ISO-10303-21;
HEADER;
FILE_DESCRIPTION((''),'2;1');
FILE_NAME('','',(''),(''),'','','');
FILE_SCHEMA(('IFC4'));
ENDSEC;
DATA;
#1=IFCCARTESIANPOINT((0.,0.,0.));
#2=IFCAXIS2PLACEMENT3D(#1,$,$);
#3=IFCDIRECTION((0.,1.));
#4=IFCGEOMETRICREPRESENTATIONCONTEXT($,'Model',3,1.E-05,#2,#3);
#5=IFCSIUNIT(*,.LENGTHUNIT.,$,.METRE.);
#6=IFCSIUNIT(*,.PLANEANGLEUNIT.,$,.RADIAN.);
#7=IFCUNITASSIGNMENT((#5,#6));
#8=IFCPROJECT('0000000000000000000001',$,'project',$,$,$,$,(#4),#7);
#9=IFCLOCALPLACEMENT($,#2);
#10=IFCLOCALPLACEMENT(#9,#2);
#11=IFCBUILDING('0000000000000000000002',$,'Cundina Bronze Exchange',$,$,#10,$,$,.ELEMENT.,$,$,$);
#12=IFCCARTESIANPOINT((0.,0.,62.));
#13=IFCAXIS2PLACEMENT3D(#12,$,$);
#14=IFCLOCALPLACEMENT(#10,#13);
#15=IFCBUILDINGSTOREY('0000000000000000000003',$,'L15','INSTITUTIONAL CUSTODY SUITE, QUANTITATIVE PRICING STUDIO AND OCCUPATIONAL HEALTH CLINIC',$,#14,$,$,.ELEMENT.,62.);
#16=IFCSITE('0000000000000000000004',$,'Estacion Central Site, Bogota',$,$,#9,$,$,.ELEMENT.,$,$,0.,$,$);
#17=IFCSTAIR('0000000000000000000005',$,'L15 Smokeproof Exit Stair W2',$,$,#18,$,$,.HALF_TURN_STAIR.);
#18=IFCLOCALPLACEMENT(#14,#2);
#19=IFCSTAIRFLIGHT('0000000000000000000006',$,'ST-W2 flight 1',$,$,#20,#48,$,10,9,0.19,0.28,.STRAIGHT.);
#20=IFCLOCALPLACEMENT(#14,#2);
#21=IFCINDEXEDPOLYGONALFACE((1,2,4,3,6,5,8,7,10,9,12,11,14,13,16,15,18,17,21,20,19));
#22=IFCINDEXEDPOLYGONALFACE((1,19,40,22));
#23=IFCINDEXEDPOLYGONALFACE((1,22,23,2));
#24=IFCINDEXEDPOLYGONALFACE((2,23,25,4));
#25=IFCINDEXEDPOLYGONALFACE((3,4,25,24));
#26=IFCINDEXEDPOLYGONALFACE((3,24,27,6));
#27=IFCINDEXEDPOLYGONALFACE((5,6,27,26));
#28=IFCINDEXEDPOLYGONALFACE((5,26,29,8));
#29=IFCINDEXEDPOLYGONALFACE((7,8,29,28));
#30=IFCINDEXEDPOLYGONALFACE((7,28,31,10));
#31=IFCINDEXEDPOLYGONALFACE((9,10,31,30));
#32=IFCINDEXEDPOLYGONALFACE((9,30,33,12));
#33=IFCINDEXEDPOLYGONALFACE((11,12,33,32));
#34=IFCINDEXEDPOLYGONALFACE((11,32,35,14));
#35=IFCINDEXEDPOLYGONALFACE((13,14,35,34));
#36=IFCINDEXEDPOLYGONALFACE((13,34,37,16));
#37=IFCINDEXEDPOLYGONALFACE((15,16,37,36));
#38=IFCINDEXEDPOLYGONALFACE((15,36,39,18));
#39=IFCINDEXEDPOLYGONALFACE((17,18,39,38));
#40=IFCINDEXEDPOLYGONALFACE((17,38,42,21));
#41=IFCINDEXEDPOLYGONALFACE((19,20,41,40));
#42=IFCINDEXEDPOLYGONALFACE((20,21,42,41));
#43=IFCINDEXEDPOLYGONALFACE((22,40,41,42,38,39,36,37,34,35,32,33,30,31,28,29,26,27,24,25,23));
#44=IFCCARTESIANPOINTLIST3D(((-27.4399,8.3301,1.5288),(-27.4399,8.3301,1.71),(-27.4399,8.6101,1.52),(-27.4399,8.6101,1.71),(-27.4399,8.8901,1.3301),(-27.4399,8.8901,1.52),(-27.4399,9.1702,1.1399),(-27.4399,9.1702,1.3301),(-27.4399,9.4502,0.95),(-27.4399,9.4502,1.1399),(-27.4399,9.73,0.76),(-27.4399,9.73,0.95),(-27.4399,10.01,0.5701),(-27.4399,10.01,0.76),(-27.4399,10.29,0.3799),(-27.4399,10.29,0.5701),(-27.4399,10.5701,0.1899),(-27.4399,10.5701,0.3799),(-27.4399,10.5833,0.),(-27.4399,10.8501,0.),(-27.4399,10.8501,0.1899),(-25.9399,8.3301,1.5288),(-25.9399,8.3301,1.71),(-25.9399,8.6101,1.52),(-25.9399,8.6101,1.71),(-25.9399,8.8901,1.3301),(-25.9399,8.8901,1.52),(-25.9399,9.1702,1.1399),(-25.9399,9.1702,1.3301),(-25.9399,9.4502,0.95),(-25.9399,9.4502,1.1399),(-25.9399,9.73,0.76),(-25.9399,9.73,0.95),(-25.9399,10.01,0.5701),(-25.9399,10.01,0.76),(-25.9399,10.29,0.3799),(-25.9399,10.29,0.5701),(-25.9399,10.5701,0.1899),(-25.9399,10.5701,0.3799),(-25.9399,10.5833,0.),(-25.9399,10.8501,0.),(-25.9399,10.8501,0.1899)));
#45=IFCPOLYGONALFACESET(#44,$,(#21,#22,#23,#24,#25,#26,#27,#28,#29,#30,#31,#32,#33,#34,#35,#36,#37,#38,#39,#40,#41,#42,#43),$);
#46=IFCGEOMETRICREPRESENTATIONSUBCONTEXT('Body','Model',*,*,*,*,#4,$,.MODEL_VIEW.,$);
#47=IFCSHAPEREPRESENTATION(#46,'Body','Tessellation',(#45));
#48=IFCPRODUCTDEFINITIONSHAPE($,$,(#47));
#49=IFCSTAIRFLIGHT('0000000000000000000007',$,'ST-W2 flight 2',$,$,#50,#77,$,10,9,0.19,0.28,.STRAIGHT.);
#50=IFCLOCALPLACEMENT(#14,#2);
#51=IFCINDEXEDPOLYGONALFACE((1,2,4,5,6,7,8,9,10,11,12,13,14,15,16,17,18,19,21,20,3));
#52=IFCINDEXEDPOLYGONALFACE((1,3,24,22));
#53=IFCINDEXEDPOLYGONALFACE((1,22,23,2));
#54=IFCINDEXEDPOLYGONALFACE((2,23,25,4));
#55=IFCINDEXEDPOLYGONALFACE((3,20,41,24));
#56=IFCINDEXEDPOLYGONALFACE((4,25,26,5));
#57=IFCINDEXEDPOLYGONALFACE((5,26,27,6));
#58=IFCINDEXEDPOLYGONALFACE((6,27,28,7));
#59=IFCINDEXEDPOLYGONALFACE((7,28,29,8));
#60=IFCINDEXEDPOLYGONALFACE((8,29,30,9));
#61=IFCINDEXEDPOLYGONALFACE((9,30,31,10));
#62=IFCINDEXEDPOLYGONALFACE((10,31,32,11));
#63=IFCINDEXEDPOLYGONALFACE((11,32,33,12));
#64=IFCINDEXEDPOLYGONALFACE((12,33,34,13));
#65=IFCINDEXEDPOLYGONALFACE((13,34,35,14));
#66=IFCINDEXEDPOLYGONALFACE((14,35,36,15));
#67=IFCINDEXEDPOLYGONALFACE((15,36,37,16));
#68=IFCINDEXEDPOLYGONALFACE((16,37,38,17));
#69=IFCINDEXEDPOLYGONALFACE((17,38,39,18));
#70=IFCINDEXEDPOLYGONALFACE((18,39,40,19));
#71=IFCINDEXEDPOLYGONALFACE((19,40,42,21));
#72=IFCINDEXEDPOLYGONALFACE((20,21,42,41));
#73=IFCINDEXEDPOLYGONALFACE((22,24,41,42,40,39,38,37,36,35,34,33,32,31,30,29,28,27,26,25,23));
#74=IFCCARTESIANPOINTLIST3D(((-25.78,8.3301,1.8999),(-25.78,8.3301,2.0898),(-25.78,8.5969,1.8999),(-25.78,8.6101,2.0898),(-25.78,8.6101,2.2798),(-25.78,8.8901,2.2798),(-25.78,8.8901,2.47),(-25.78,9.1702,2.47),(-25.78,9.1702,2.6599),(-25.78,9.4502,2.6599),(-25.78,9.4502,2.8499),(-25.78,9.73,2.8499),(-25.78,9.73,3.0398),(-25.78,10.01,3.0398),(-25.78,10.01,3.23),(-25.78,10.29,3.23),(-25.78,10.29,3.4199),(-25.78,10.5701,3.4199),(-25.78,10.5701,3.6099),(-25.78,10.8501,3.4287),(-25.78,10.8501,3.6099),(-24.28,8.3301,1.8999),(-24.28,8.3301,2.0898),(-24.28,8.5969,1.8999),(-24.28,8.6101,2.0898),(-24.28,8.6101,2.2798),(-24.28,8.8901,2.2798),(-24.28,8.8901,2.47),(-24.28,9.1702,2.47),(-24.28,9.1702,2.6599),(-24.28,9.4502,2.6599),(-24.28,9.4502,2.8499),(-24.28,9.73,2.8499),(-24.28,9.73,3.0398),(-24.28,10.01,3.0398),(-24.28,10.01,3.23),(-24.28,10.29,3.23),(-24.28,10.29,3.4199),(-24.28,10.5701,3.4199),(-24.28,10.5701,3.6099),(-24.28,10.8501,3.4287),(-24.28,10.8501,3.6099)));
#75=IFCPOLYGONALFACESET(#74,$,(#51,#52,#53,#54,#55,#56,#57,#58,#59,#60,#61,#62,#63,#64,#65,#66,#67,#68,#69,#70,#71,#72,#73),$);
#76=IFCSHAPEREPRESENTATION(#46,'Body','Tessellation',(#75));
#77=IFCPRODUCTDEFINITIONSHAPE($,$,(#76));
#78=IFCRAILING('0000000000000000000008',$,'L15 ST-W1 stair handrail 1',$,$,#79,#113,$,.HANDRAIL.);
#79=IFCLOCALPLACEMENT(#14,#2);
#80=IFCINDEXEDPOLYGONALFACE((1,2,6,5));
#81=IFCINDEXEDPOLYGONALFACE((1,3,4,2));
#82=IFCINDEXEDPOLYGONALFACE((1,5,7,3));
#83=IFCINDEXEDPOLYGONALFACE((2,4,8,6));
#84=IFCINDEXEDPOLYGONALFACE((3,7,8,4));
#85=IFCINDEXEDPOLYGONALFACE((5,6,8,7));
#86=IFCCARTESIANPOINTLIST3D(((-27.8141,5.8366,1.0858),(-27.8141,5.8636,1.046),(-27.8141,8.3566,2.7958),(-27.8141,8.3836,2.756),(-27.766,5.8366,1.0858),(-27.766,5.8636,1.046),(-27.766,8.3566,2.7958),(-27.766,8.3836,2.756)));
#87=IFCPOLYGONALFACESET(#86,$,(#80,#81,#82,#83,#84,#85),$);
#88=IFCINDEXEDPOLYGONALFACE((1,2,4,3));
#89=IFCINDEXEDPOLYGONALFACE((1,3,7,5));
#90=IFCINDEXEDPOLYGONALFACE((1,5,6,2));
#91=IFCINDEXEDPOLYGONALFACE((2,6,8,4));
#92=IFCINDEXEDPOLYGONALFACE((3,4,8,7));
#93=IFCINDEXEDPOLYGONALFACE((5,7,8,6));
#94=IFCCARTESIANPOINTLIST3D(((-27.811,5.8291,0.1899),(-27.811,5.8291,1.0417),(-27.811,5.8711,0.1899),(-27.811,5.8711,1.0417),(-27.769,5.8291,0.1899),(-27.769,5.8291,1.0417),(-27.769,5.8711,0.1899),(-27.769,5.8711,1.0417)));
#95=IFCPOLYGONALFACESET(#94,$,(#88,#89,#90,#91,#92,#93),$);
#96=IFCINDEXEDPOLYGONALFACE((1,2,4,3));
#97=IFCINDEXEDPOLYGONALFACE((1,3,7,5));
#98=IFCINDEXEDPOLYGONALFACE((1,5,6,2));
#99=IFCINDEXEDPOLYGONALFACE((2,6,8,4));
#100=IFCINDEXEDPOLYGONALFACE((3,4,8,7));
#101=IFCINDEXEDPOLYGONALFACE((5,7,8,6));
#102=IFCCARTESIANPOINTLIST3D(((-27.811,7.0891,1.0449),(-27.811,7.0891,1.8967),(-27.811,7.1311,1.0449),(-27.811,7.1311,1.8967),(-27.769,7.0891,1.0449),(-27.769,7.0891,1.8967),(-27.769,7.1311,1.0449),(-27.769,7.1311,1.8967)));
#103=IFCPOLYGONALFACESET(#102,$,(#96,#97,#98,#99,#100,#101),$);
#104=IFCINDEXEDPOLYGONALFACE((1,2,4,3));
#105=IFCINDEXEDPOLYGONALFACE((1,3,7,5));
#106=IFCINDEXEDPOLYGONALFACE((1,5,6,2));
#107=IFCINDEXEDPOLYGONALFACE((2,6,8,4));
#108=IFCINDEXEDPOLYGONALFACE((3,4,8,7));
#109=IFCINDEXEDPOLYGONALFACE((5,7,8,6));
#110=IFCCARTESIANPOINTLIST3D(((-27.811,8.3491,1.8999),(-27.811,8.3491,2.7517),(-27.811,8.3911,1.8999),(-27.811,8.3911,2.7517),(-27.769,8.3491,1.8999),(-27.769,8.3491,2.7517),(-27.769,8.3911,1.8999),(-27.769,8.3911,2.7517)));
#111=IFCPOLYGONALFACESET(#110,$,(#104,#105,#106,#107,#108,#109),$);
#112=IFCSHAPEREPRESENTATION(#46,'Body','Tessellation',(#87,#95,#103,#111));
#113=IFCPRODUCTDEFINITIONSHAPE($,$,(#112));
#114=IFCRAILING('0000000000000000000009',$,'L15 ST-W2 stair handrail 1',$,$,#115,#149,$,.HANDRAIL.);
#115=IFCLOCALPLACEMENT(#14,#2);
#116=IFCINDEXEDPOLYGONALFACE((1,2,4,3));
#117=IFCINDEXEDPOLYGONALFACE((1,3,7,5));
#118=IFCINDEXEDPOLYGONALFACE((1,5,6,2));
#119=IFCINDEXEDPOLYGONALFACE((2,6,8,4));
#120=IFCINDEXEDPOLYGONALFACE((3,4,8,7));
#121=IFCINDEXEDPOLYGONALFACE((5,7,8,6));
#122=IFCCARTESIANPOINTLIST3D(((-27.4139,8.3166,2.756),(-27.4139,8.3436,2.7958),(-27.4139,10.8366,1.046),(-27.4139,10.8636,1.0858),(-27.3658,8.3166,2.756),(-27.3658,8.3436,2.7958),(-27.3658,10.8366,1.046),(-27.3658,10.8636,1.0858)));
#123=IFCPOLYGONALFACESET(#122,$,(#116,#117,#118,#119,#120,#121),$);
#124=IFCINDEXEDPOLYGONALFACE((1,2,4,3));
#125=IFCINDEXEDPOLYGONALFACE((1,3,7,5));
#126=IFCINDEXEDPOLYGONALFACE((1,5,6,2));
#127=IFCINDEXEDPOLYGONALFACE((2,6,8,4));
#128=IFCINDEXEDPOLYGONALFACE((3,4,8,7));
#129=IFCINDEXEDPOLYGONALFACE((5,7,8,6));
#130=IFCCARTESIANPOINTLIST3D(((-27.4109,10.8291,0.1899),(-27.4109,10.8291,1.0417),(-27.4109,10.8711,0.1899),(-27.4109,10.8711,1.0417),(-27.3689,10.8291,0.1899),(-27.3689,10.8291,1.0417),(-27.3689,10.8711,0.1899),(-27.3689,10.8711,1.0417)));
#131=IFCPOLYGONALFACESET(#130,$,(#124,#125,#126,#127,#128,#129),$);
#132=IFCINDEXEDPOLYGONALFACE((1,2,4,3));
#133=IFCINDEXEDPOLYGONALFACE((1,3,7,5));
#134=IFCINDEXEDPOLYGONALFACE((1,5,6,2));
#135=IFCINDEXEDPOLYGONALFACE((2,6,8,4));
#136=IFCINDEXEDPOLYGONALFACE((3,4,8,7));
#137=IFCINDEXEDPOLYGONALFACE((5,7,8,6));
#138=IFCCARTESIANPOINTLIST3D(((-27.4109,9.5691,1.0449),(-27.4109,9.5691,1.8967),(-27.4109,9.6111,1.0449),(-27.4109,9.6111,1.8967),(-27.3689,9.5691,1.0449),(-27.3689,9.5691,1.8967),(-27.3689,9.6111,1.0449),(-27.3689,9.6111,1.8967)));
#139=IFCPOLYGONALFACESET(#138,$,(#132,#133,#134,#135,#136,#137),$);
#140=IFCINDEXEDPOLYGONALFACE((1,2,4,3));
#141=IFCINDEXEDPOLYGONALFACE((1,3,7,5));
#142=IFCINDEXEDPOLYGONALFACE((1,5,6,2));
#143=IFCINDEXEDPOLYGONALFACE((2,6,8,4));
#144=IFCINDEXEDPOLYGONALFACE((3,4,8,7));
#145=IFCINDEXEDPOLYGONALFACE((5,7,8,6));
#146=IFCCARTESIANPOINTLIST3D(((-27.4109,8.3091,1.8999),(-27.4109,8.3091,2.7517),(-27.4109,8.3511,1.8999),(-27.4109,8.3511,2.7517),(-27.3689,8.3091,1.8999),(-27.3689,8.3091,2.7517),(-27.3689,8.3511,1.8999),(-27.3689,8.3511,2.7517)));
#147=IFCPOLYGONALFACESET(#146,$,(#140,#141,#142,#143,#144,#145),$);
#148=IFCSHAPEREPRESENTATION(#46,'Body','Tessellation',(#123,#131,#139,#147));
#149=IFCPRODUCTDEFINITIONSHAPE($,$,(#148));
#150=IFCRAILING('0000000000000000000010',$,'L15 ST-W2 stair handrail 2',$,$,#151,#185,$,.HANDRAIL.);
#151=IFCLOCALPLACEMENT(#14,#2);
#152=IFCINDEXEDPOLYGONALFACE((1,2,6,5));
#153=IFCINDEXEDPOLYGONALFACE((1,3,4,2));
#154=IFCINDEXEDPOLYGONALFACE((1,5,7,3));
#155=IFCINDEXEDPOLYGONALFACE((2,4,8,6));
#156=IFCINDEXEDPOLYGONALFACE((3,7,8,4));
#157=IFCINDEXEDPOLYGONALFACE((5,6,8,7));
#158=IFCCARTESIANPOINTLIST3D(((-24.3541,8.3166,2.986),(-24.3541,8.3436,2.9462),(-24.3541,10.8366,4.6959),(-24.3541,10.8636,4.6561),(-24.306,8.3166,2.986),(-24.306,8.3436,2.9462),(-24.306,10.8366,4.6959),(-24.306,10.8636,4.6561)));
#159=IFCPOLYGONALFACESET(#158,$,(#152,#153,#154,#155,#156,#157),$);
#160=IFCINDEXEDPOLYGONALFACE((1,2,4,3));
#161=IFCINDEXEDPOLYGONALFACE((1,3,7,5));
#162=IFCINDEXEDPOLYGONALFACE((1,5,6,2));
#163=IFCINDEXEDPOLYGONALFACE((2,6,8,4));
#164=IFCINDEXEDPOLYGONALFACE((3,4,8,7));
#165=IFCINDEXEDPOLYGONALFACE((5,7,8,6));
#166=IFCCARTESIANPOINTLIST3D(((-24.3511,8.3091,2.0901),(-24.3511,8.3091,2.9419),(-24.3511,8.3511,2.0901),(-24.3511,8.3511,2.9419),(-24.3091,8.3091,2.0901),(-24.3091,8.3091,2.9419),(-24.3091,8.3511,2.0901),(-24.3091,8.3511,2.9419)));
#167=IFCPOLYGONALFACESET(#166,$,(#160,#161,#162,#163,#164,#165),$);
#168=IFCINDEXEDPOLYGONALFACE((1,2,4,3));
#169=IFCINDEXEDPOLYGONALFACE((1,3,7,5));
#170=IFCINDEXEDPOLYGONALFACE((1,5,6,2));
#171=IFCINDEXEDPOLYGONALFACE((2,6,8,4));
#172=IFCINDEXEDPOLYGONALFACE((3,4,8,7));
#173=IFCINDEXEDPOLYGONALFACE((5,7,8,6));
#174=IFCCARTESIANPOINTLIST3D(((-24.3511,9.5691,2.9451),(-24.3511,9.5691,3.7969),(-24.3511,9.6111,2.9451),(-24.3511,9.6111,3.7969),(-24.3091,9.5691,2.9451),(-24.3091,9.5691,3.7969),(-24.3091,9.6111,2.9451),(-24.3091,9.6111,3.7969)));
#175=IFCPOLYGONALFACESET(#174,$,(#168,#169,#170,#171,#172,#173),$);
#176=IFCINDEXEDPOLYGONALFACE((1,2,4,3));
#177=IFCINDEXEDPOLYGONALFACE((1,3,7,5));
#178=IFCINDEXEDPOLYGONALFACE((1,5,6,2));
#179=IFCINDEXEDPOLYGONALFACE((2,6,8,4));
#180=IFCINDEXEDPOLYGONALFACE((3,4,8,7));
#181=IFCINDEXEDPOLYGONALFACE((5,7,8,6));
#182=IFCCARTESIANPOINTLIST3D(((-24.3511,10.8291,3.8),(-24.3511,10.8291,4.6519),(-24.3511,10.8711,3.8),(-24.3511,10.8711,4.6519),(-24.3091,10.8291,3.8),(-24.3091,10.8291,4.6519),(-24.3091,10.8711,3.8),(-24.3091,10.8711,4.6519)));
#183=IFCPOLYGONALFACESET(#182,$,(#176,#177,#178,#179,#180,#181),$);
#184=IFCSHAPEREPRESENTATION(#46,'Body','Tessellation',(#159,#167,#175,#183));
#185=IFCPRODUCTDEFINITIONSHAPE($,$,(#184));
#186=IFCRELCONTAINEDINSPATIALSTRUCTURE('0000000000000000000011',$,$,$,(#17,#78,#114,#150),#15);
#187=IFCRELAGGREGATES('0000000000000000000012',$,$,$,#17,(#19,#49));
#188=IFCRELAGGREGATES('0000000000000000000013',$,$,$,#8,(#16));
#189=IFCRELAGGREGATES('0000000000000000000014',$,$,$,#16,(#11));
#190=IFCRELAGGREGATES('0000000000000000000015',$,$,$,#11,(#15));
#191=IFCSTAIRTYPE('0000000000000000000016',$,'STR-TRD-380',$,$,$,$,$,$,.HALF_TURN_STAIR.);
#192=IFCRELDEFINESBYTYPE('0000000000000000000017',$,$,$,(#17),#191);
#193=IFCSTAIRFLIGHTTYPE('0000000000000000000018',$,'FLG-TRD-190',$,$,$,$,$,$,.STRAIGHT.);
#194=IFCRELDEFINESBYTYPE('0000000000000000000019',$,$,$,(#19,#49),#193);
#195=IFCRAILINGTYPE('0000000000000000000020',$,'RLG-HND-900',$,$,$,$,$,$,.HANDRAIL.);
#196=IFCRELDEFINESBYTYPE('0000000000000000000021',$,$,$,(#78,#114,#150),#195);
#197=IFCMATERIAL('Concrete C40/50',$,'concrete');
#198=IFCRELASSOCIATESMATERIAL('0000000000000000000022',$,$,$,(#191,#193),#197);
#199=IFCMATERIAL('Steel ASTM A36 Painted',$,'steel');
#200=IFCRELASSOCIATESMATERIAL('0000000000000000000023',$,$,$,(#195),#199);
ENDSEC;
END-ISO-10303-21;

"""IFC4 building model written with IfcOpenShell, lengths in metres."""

from ifc_helpers import new_model, si_unit, direction, frame, origin, origin_2d, place, context, subcontext, project, spatial, polyline, rectangle, outline, extrude, material, type_object, element, aggregate, save


model = new_model("IFC4")

# Units and contexts
model_context = context("Model", 3, precision=1e-05, world=origin(), true_north=direction((0.0, 1.0)))
body_context = subcontext(model_context, "Body", "Model", "MODEL_VIEW")
ifc_project = project(units=[si_unit("LENGTHUNIT", "METRE"), si_unit("PLANEANGLEUNIT", "RADIAN")], contexts=[model_context])

# Site, building, storey
site_placement = place(None, origin())
site = spatial("IfcSite", under=ifc_project, at=site_placement, Name="Estacion Central Site, Bogota", CompositionType="ELEMENT", RefElevation=0.0)
building_placement = place(site_placement, origin())
building = spatial("IfcBuilding", under=site, at=building_placement, Name="Cundina Bronze Exchange", CompositionType="ELEMENT")
storey_placement = place(building_placement, frame((0.0, 0.0, 62.0)))
storey = spatial("IfcBuildingStorey", under=building, at=storey_placement, Name="L15", Description="INSTITUTIONAL CUSTODY SUITE, QUANTITATIVE PRICING STUDIO AND OCCUPATIONAL HEALTH CLINIC", CompositionType="ELEMENT", Elevation=62.0)

# Shared definitions
ifc_material_1 = material(Name="Steel ASTM A36 Painted", Category="steel")

# Stair, stair flights
ifc_material_2 = material(Name="Concrete C40/50", Category="concrete")
stair_type = type_object("IfcStairType", Name="STR-TRD-380", PredefinedType="HALF_TURN_STAIR", material=ifc_material_2)
stair_placement = place(storey_placement, origin())
stair = element("IfcStair", 1, at=stair_placement, inside=storey, type_object=stair_type, Name="L15 Smokeproof Exit Stair W2", PredefinedType="HALF_TURN_STAIR")
stair_flight_type = type_object("IfcStairFlightType", Name="FLG-TRD-190", PredefinedType="STRAIGHT", material=ifc_material_2)
stair_flight_1_placement = place(storey_placement, frame((-26.6899, 10.8501, 0.0), z_axis=(0.0, 0.0, 1.0), x_axis=(0.0, -1.0, 0.0)))
stair_flight_1 = element("IfcStairFlight", 2, at=stair_flight_1_placement, type_object=stair_flight_type, Name="ST-W2 flight 1", NumberOfRisers=10, NumberOfTreads=9, PredefinedType="STRAIGHT", RiserHeight=0.19, TreadLength=0.28, context=body_context, shape_type="SweptSolid", body=[
    extrude(outline(polyline([(0.0, 0.0), (0.0, 0.1899), (0.28, 0.1899), (0.28, 0.3799), (0.5601, 0.3799), (0.5601, 0.5701), (0.8401, 0.5701), (0.8401, 0.76), (1.1201, 0.76), (1.1201, 0.95), (1.3999, 0.95), (1.3999, 1.1399), (1.6799, 1.1399), (1.6799, 1.3301), (1.96, 1.3301), (1.96, 1.52), (2.24, 1.52), (2.24, 1.71), (2.52, 1.71), (2.52, 1.8999), (2.52, 1.5288), (0.2668, 0.0), (0.0, 0.0)])), frame((0.0, 0.75, 0.0), z_axis=(0.0, -1.0, 0.0), x_axis=(1.0, 0.0, 0.0)), (0.0, 0.0, 1.0), 1.5),
])
stair_flight_2_placement = place(storey_placement, frame((-25.03, 8.3301, 1.8999), z_axis=(0.0, 0.0, 1.0), x_axis=(0.0, 1.0, 0.0)))
stair_flight_2 = element("IfcStairFlight", 3, at=stair_flight_2_placement, type_object=stair_flight_type, Name="ST-W2 flight 2", NumberOfRisers=10, NumberOfTreads=9, PredefinedType="STRAIGHT", RiserHeight=0.19, TreadLength=0.28, context=body_context, shape_type="SweptSolid", body=[
    extrude(outline(polyline([(0.0, 0.0), (0.0, 0.1899), (0.28, 0.1899), (0.28, 0.3799), (0.5601, 0.3799), (0.5601, 0.5701), (0.8401, 0.5701), (0.8401, 0.76), (1.1201, 0.76), (1.1201, 0.95), (1.3999, 0.95), (1.3999, 1.1399), (1.6799, 1.1399), (1.6799, 1.3301), (1.96, 1.3301), (1.96, 1.52), (2.24, 1.52), (2.24, 1.71), (2.52, 1.71), (2.52, 1.8999), (2.52, 1.5288), (0.2668, 0.0), (0.0, 0.0)])), frame((0.0, 0.75, 0.0), z_axis=(0.0, -1.0, 0.0), x_axis=(1.0, 0.0, 0.0)), (0.0, 0.0, 1.0), 1.5),
])
aggregate(stair, [stair_flight_1, stair_flight_2])

# Railings
railing_type_1 = type_object("IfcRailingType", Name="RLG-HND-900", PredefinedType="HANDRAIL", material=ifc_material_1)
railing_1_placement = place(storey_placement, frame((-27.79, 5.8501, 0.1899)))
element("IfcRailing", 4, at=railing_1_placement, inside=storey, type_object=railing_type_1, Name="L15 ST-W1 stair handrail 1", PredefinedType="HANDRAIL", context=body_context, shape_type="SweptSolid", body=[
    extrude(rectangle(XDim=0.0481, YDim=0.0481, at=origin_2d()), frame((0.0, 0.0, 0.876), z_axis=(0.0, 0.827484, 0.56149), x_axis=(-1.0, 0.0, 0.0)), (0.0, 0.0, 1.0), 3.0454),
    extrude(rectangle(XDim=0.042, YDim=0.042, at=origin_2d()), origin(), (0.0, 0.0, 1.0), 0.8518),
    extrude(rectangle(XDim=0.042, YDim=0.042, at=origin_2d()), frame((0.0, 1.26, 0.855)), (0.0, 0.0, 1.0), 0.8518),
    extrude(rectangle(XDim=0.042, YDim=0.042, at=origin_2d()), frame((0.0, 2.52, 1.71)), (0.0, 0.0, 1.0), 0.8518),
])
railing_2_placement = place(storey_placement, frame((-27.3899, 10.8501, 0.1899)))
element("IfcRailing", 5, at=railing_2_placement, inside=storey, type_object=railing_type_1, Name="L15 ST-W2 stair handrail 1", PredefinedType="HANDRAIL", context=body_context, shape_type="SweptSolid", body=[
    extrude(rectangle(XDim=0.0481, YDim=0.0481, at=origin_2d()), frame((0.0, 0.0, 0.876), z_axis=(0.0, -0.827484, 0.56149), x_axis=(1.0, 0.0, 0.0)), (0.0, 0.0, 1.0), 3.0454),
    extrude(rectangle(XDim=0.042, YDim=0.042, at=origin_2d()), origin(), (0.0, 0.0, 1.0), 0.8518),
    extrude(rectangle(XDim=0.042, YDim=0.042, at=origin_2d()), frame((0.0, -1.26, 0.855)), (0.0, 0.0, 1.0), 0.8518),
    extrude(rectangle(XDim=0.042, YDim=0.042, at=origin_2d()), frame((0.0, -2.52, 1.71)), (0.0, 0.0, 1.0), 0.8518),
])
railing_3_placement = place(storey_placement, frame((-24.3301, 8.3301, 2.0901)))
element("IfcRailing", 6, at=railing_3_placement, inside=storey, type_object=railing_type_1, Name="L15 ST-W2 stair handrail 2", PredefinedType="HANDRAIL", context=body_context, shape_type="SweptSolid", body=[
    extrude(rectangle(XDim=0.0481, YDim=0.0481, at=origin_2d()), frame((0.0, 0.0, 0.876), z_axis=(0.0, 0.827484, 0.56149), x_axis=(-1.0, 0.0, 0.0)), (0.0, 0.0, 1.0), 3.0454),
    extrude(rectangle(XDim=0.042, YDim=0.042, at=origin_2d()), origin(), (0.0, 0.0, 1.0), 0.8518),
    extrude(rectangle(XDim=0.042, YDim=0.042, at=origin_2d()), frame((0.0, 1.26, 0.855)), (0.0, 0.0, 1.0), 0.8518),
    extrude(rectangle(XDim=0.042, YDim=0.042, at=origin_2d()), frame((0.0, 2.52, 1.71)), (0.0, 0.0, 1.0), 0.8518),
])

save(model, "model.ifc")
